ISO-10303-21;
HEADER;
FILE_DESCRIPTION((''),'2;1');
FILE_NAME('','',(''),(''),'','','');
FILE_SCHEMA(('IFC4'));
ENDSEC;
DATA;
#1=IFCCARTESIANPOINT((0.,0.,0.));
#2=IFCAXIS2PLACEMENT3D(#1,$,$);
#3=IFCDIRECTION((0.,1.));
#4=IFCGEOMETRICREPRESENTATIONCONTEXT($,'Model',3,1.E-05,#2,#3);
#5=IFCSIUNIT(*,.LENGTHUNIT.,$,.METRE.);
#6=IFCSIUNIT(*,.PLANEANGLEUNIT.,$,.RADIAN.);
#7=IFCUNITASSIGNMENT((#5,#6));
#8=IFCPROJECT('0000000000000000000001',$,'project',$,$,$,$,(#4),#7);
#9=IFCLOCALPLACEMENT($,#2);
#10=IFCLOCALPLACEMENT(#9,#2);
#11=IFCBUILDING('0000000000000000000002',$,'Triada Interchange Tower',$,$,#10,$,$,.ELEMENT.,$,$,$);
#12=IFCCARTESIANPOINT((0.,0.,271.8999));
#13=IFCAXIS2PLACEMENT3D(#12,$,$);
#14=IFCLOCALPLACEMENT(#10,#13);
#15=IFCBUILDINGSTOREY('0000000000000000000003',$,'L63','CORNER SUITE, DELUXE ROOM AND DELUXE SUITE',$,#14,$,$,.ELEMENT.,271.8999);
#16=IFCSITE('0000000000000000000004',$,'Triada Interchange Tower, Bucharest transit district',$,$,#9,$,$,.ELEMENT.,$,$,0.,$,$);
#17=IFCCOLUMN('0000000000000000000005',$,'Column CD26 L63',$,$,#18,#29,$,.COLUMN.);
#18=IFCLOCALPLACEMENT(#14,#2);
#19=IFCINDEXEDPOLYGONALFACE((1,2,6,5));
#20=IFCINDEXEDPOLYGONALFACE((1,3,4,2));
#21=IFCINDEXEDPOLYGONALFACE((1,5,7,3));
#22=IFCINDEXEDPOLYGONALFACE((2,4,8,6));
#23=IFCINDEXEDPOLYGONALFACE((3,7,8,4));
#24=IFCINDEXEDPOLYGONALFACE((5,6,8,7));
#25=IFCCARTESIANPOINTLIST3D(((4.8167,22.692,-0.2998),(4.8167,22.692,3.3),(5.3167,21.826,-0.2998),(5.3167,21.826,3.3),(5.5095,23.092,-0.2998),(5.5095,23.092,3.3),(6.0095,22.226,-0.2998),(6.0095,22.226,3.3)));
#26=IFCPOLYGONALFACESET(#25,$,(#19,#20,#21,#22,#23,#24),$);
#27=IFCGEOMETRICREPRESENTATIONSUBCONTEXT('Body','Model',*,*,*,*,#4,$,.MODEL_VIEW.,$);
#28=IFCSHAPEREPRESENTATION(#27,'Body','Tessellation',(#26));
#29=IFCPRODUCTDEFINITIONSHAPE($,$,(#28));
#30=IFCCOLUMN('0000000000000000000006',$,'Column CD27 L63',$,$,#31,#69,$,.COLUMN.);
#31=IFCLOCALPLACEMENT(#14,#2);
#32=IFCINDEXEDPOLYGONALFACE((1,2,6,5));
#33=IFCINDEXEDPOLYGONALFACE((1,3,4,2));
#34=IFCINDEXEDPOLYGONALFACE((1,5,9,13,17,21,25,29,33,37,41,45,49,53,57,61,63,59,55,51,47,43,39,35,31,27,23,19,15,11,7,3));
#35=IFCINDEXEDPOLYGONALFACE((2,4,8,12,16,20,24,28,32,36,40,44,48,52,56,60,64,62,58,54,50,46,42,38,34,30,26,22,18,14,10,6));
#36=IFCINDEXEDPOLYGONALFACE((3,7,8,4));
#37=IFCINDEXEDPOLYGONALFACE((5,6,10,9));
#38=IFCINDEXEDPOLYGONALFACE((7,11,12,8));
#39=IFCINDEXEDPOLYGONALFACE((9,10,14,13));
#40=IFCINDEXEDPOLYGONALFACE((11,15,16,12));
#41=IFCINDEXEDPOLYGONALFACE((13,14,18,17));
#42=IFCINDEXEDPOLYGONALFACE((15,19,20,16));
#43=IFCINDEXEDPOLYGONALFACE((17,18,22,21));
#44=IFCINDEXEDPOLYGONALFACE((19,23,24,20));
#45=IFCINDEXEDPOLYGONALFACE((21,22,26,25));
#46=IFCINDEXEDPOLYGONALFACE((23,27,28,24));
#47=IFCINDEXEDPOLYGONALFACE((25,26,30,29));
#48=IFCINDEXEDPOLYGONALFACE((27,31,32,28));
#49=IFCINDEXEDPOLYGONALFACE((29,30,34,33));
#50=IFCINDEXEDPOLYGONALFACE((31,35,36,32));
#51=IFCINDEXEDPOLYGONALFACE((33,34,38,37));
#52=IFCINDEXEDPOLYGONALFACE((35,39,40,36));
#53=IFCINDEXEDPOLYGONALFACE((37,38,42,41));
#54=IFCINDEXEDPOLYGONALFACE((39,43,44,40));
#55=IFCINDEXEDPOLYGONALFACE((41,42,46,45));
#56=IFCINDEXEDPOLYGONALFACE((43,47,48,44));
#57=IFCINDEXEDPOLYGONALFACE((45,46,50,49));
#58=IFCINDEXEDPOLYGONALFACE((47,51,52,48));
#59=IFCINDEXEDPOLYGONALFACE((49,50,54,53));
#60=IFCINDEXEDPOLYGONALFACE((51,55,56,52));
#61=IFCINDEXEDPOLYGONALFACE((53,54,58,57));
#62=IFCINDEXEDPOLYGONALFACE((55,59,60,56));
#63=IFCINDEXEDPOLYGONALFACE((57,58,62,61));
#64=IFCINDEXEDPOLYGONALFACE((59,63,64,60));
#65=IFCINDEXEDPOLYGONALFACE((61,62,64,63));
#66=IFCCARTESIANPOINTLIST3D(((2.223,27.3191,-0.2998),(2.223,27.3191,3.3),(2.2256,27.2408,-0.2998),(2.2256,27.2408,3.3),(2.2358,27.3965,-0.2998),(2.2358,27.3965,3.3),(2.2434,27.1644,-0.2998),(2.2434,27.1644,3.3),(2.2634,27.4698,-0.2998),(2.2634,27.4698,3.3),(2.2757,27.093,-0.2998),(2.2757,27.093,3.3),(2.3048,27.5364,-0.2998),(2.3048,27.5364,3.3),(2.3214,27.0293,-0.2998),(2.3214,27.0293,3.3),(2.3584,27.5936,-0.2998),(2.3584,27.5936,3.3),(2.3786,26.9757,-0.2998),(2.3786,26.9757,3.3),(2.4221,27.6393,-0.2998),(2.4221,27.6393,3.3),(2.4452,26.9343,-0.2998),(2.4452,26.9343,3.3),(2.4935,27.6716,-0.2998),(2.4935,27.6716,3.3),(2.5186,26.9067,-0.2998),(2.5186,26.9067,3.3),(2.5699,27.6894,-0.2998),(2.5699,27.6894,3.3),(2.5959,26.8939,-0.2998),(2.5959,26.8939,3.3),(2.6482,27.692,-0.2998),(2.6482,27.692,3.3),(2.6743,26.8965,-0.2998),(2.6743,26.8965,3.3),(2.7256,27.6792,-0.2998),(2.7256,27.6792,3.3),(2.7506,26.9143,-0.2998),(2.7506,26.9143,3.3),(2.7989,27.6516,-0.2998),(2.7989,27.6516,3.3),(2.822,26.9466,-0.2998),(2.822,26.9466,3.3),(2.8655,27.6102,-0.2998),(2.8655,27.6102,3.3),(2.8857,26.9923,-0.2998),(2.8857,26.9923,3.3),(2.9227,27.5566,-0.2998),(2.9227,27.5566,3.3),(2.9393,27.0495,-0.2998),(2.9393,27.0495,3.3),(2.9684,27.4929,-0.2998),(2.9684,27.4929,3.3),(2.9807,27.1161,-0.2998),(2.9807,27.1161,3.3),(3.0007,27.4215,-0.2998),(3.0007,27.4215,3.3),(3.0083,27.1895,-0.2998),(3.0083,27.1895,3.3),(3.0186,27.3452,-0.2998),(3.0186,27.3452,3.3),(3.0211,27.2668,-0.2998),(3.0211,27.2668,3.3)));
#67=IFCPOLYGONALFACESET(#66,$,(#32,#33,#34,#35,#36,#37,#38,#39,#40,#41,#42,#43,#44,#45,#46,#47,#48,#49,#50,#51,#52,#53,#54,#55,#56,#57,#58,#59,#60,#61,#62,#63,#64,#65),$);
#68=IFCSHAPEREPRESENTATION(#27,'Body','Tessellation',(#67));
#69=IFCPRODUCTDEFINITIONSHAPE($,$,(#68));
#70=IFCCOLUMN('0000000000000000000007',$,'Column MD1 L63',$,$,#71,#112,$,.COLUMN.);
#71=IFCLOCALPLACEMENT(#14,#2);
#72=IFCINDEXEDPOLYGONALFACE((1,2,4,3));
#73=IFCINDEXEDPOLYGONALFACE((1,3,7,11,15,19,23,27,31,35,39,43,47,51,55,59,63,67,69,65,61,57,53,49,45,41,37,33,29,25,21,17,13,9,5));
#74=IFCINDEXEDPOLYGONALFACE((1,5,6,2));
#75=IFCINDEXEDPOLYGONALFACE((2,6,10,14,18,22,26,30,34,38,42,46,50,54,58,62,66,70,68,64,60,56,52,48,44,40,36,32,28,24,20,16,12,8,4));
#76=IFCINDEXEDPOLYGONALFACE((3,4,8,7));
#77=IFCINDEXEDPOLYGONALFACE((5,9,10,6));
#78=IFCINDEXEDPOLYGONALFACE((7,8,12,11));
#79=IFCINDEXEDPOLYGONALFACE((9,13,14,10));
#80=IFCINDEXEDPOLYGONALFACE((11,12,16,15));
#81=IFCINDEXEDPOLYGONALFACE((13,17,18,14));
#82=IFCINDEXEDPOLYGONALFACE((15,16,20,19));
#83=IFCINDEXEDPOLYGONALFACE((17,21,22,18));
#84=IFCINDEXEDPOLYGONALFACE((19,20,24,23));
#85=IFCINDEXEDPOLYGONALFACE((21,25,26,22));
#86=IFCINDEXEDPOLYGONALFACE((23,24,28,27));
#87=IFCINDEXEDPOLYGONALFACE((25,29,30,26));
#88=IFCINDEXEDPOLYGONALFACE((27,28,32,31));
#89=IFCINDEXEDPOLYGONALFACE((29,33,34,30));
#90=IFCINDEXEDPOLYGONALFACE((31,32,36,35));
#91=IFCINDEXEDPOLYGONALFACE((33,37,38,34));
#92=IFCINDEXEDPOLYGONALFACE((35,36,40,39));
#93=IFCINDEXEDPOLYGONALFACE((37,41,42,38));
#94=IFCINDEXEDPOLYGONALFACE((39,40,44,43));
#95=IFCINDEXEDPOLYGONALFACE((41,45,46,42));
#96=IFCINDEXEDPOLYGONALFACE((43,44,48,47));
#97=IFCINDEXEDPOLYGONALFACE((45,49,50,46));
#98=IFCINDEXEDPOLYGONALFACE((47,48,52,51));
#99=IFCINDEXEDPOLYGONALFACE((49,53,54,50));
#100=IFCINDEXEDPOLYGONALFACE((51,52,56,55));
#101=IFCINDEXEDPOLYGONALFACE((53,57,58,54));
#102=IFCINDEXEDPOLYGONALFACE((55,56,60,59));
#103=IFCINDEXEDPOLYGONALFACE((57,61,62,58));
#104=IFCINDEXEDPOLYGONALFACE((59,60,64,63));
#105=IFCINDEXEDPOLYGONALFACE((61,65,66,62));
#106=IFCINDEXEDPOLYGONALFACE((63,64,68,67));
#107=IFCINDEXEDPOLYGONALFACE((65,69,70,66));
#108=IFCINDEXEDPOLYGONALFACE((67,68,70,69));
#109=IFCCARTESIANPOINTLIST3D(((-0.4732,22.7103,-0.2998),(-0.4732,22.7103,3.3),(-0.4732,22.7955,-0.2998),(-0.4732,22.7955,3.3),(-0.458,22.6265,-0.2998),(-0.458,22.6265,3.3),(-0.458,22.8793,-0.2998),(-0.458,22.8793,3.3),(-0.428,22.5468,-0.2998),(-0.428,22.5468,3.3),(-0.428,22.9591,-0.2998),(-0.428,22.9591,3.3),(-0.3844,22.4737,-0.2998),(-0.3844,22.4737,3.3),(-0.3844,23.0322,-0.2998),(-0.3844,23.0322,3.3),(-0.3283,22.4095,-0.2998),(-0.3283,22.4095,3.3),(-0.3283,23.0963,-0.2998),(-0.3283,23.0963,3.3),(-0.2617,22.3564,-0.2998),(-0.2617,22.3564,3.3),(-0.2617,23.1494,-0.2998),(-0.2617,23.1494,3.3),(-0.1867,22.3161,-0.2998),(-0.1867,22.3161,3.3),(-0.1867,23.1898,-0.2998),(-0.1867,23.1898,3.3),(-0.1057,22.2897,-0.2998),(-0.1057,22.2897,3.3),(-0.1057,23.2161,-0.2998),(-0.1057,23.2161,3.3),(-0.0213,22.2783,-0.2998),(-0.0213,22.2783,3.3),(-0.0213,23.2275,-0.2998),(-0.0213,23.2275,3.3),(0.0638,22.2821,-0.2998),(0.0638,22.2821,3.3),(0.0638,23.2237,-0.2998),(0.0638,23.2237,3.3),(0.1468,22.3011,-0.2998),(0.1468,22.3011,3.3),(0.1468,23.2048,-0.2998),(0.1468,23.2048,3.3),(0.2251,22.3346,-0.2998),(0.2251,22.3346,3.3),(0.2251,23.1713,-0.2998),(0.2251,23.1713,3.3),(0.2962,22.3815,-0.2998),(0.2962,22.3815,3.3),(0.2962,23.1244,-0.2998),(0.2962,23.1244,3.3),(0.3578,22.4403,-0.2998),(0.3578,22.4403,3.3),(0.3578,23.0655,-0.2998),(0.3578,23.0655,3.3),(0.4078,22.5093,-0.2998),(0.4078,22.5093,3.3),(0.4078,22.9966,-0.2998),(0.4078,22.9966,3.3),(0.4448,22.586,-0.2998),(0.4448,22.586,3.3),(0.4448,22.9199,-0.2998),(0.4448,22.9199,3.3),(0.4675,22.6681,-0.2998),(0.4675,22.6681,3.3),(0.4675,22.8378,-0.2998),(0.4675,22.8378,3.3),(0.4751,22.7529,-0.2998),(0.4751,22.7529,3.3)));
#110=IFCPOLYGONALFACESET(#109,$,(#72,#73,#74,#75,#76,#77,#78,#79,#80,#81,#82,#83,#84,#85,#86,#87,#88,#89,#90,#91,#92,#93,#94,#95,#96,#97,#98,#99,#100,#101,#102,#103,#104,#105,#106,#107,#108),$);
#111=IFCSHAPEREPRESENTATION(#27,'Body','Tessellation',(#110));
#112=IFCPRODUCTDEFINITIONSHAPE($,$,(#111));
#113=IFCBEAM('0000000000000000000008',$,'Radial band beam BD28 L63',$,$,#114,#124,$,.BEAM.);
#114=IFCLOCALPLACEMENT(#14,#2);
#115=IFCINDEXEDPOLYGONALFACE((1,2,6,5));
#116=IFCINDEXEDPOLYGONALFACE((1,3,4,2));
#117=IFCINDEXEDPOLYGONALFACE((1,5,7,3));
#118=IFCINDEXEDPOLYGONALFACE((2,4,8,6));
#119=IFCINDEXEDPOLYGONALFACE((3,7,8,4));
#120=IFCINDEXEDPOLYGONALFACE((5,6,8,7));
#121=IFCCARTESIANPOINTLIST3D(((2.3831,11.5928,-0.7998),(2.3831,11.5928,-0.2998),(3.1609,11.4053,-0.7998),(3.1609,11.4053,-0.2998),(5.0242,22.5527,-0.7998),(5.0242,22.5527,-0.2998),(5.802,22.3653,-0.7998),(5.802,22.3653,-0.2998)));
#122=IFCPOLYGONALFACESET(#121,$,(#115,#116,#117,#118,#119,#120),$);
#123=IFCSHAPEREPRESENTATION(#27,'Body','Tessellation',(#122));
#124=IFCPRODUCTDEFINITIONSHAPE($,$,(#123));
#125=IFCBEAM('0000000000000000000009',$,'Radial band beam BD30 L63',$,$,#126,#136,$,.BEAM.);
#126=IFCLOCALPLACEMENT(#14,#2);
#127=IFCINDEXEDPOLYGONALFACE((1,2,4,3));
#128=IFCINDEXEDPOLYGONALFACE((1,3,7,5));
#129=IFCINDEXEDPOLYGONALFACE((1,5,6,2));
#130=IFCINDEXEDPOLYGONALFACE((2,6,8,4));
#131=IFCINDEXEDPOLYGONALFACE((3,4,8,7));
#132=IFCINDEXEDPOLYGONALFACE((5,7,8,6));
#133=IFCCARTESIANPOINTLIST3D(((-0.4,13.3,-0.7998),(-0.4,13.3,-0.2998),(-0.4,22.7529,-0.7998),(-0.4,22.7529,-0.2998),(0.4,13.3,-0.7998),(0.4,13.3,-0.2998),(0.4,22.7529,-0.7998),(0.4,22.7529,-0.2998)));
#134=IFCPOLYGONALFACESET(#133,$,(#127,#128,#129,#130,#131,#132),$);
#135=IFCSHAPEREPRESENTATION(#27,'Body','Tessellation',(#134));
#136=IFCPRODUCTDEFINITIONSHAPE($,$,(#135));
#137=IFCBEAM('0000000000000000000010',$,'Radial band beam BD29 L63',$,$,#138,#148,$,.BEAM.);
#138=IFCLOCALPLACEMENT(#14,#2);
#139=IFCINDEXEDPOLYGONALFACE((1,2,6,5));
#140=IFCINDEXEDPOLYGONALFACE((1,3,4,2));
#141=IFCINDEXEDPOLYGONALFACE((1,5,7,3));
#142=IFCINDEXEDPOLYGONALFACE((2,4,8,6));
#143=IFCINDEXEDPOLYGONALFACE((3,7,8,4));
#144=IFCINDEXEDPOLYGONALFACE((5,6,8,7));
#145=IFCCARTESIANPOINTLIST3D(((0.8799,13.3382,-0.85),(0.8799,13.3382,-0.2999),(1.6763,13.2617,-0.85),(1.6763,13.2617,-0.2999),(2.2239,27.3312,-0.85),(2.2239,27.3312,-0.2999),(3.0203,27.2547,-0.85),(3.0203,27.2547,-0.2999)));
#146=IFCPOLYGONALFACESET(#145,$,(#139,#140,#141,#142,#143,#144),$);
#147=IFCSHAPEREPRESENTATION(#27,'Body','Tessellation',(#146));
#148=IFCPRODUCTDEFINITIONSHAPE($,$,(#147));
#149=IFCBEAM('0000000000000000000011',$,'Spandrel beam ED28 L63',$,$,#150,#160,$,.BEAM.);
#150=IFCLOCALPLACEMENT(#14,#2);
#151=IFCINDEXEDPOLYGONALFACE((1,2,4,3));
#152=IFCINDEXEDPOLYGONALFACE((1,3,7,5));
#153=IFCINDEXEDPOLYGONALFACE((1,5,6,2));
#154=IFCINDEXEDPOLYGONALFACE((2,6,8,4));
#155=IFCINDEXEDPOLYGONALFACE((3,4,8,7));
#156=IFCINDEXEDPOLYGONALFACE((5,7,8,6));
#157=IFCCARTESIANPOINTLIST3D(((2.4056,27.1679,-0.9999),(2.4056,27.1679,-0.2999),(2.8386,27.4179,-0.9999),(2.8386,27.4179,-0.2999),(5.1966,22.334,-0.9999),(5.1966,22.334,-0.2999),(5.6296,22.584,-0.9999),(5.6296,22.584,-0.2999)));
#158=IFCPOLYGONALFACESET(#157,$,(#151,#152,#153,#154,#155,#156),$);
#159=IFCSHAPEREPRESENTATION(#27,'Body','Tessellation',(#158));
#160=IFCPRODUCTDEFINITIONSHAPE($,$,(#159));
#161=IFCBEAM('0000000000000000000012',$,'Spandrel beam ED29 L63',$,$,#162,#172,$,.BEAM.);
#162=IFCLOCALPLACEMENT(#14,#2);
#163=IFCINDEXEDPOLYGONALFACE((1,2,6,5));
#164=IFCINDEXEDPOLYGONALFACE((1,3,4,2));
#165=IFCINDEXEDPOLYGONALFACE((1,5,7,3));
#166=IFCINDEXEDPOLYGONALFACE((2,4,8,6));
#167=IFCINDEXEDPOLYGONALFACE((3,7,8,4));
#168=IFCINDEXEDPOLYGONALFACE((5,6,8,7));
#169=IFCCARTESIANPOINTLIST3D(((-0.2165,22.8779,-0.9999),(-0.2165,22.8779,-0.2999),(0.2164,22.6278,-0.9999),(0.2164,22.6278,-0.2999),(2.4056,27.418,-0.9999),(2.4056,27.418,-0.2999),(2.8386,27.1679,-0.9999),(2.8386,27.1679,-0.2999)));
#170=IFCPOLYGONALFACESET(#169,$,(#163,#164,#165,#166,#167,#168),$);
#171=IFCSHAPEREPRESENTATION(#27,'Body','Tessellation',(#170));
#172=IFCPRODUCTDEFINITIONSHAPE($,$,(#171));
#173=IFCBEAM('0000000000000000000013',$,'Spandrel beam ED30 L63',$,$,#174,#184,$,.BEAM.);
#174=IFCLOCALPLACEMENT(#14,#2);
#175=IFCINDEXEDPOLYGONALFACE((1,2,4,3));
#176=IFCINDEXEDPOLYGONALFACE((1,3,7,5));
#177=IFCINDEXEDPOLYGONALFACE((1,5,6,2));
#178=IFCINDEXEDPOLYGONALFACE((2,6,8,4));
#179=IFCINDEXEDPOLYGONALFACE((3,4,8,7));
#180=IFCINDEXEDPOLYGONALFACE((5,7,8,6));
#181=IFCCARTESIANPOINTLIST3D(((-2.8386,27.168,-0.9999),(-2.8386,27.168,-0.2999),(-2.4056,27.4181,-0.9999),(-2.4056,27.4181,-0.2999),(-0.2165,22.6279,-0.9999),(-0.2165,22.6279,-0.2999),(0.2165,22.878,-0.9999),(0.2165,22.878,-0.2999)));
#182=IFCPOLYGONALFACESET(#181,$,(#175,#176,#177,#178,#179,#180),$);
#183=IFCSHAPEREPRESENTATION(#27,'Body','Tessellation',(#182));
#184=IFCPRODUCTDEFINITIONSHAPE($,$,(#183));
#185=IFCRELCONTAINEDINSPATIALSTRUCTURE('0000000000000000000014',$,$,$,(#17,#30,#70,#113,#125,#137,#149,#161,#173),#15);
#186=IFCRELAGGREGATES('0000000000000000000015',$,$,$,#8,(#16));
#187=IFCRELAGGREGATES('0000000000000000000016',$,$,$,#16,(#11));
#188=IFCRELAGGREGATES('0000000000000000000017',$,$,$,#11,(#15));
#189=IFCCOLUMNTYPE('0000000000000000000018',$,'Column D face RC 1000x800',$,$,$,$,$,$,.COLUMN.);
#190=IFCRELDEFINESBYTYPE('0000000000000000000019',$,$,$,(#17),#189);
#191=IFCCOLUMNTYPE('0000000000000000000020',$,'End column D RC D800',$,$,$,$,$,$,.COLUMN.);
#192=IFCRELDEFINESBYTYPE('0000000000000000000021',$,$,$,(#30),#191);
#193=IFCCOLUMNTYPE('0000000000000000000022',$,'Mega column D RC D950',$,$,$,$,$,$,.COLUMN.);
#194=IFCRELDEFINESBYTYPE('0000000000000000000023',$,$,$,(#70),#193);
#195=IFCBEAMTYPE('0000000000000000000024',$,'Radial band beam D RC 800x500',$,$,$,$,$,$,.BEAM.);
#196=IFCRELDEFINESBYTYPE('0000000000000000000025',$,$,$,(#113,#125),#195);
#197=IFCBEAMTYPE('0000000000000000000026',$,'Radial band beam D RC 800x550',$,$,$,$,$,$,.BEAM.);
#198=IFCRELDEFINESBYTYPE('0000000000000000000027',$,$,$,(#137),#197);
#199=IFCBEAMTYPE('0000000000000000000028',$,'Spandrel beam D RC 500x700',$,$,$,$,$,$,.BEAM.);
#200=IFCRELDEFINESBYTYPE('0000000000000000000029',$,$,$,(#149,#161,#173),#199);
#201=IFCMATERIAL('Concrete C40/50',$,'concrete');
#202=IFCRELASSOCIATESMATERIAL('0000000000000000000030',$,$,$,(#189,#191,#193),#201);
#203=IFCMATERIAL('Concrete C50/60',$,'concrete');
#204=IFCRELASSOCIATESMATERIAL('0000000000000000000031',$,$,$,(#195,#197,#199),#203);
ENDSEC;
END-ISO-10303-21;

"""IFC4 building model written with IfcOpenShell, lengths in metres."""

from ifc_helpers import new_model, si_unit, direction, frame, origin, origin_2d, place, context, subcontext, project, spatial, rectangle, circle, extrude, material, material_profile, profile_set, type_object, element, save


model = new_model("IFC4")

# Units and contexts
model_context = context("Model", 3, precision=1e-05, world=origin(), true_north=direction((0.0, 1.0)))
body_context = subcontext(model_context, "Body", "Model", "MODEL_VIEW")
ifc_project = project(units=[si_unit("LENGTHUNIT", "METRE"), si_unit("PLANEANGLEUNIT", "RADIAN")], contexts=[model_context])

# Site, building, storey
site_placement = place(None, origin())
site = spatial("IfcSite", under=ifc_project, at=site_placement, Name="Triada Interchange Tower, Bucharest transit district", CompositionType="ELEMENT", RefElevation=0.0)
building_placement = place(site_placement, origin())
building = spatial("IfcBuilding", under=site, at=building_placement, Name="Triada Interchange Tower", CompositionType="ELEMENT")
storey_placement = place(building_placement, frame((0.0, 0.0, 271.8999)))
storey = spatial("IfcBuildingStorey", under=building, at=storey_placement, Name="L63", Description="CORNER SUITE, DELUXE ROOM AND DELUXE SUITE", CompositionType="ELEMENT", Elevation=271.8999)

# Columns
ifc_material_1 = material(Name="Concrete C40/50", Category="concrete")
ifc_material_profile_1 = material_profile(ifc_material_1, rectangle(XDim=1.0, YDim=0.8, at=origin_2d()), Name="RC 1000x800")
ifc_profile_set_1 = profile_set([ifc_material_profile_1], Name="Concrete C40/50")
column_type_1 = type_object("IfcColumnType", Name="Column D face RC 1000x800", PredefinedType="COLUMN", material=ifc_profile_set_1)
column_1_placement = place(storey_placement, frame((5.4131, 22.459, -0.2998), z_axis=(0.0, 0.0, 1.0), x_axis=(-0.5, 0.866025, 0.0)))
element("IfcColumn", 1, at=column_1_placement, inside=storey, type_object=column_type_1, Name="Column CD26 L63", PredefinedType="COLUMN", context=body_context, shape_type="SweptSolid", body=[
    extrude(rectangle(XDim=1.0, YDim=0.8, at=origin_2d()), origin(), (0.0, 0.0, 1.0), 3.5999),
])
ifc_material_profile_2 = material_profile(ifc_material_1, circle(Radius=0.3999, at=origin_2d()), Name="RC D800")
ifc_profile_set_2 = profile_set([ifc_material_profile_2], Name="Concrete C40/50")
column_type_2 = type_object("IfcColumnType", Name="End column D RC D800", PredefinedType="COLUMN", material=ifc_profile_set_2)
column_2_placement = place(storey_placement, frame((2.6221, 27.293, -0.2998), z_axis=(0.0, 0.0, 1.0), x_axis=(-0.5, 0.866025, 0.0)))
element("IfcColumn", 2, at=column_2_placement, inside=storey, type_object=column_type_2, Name="Column CD27 L63", PredefinedType="COLUMN", context=body_context, shape_type="SweptSolid", body=[
    extrude(circle(Radius=0.3999, at=origin_2d()), origin(), (0.0, 0.0, 1.0), 3.5999),
])
ifc_material_profile_3 = material_profile(ifc_material_1, circle(Radius=0.4751, at=origin_2d()), Name="RC D950")
ifc_profile_set_3 = profile_set([ifc_material_profile_3], Name="Concrete C40/50")
column_type_3 = type_object("IfcColumnType", Name="Mega column D RC D950", PredefinedType="COLUMN", material=ifc_profile_set_3)
column_3_placement = place(storey_placement, frame((0.0, 22.7529, -0.2998), z_axis=(0.0, 0.0, 1.0), x_axis=(1.0, 0.0, 0.0)))
element("IfcColumn", 3, at=column_3_placement, inside=storey, type_object=column_type_3, Name="Column MD1 L63", PredefinedType="COLUMN", context=body_context, shape_type="SweptSolid", body=[
    extrude(circle(Radius=0.4751, at=origin_2d()), origin(), (0.0, 0.0, 1.0), 3.5999),
])

# Beams
ifc_material_2 = material(Name="Concrete C50/60", Category="concrete")
ifc_material_profile_4 = material_profile(ifc_material_2, rectangle(XDim=0.8, YDim=0.5, at=origin_2d()), Name="RC 800x500")
ifc_profile_set_4 = profile_set([ifc_material_profile_4], Name="Concrete C50/60")
beam_type_1 = type_object("IfcBeamType", Name="Radial band beam D RC 800x500", PredefinedType="BEAM", material=ifc_profile_set_4)
beam_1_placement = place(storey_placement, frame((5.4131, 22.459, -0.5498), z_axis=(-0.234272, -0.972171, 0.0), x_axis=(0.972171, -0.234272, 0.0)))
element("IfcBeam", 4, at=beam_1_placement, inside=storey, type_object=beam_type_1, Name="Radial band beam BD28 L63", PredefinedType="BEAM", context=body_context, shape_type="SweptSolid", body=[
    extrude(rectangle(XDim=0.8, YDim=0.5, at=origin_2d()), origin(), (0.0, 0.0, 1.0), 11.2737),
])
beam_2_placement = place(storey_placement, frame((0.0, 22.7529, -0.5498), z_axis=(0.0, -1.0, 0.0), x_axis=(1.0, 0.0, 0.0)))
element("IfcBeam", 5, at=beam_2_placement, inside=storey, type_object=beam_type_1, Name="Radial band beam BD30 L63", PredefinedType="BEAM", context=body_context, shape_type="SweptSolid", body=[
    extrude(rectangle(XDim=0.8, YDim=0.5, at=origin_2d()), origin(), (0.0, 0.0, 1.0), 9.4529),
])
ifc_material_profile_5 = material_profile(ifc_material_2, rectangle(XDim=0.8, YDim=0.55, at=origin_2d()), Name="RC 800x550")
ifc_profile_set_5 = profile_set([ifc_material_profile_5], Name="Concrete C50/60")
beam_type_2 = type_object("IfcBeamType", Name="Radial band beam D RC 800x550", PredefinedType="BEAM", material=ifc_profile_set_5)
beam_3_placement = place(storey_placement, frame((2.6221, 27.293, -0.575), z_axis=(-0.095608, -0.995419, 0.0), x_axis=(0.995419, -0.095608, 0.0)))
element("IfcBeam", 6, at=beam_3_placement, inside=storey, type_object=beam_type_2, Name="Radial band beam BD29 L63", PredefinedType="BEAM", context=body_context, shape_type="SweptSolid", body=[
    extrude(rectangle(XDim=0.8, YDim=0.55, at=origin_2d()), origin(), (0.0, 0.0, 1.0), 14.0574),
])
ifc_material_profile_6 = material_profile(ifc_material_2, rectangle(XDim=0.5, YDim=0.7, at=origin_2d()), Name="RC 500x700")
ifc_profile_set_6 = profile_set([ifc_material_profile_6], Name="Concrete C50/60")
beam_type_3 = type_object("IfcBeamType", Name="Spandrel beam D RC 500x700", PredefinedType="BEAM", material=ifc_profile_set_6)
beam_4_placement = place(storey_placement, frame((5.4131, 22.459, -0.6499), z_axis=(-0.500015, 0.866017, 0.0), x_axis=(-0.866017, -0.500015, 0.0)))
element("IfcBeam", 7, at=beam_4_placement, inside=storey, type_object=beam_type_3, Name="Spandrel beam ED28 L63", PredefinedType="BEAM", context=body_context, shape_type="SweptSolid", body=[
    extrude(rectangle(XDim=0.5, YDim=0.7, at=origin_2d()), origin(), (0.0, 0.0, 1.0), 5.5818),
])
for number, where, z_axis, x_axis, name in (
    (8, (2.6221, 27.293, -0.6499), (-0.500126, -0.865953, 0.0), (0.865953, -0.500126, 0.0), "Spandrel beam ED29 L63"),
    (9, (0.0, 22.7529, -0.6499), (-0.500126, 0.865953, 0.0), (-0.865953, -0.500126, 0.0), "Spandrel beam ED30 L63"),
):
    element("IfcBeam", number, at=place(storey_placement, frame(where, z_axis=z_axis, x_axis=x_axis)), inside=storey, type_object=beam_type_3, Name=name, PredefinedType="BEAM", context=body_context, shape_type="SweptSolid", body=[
        extrude(rectangle(XDim=0.5, YDim=0.7, at=origin_2d()), origin(), (0.0, 0.0, 1.0), 5.2429),
    ])

save(model, "model.ifc")
